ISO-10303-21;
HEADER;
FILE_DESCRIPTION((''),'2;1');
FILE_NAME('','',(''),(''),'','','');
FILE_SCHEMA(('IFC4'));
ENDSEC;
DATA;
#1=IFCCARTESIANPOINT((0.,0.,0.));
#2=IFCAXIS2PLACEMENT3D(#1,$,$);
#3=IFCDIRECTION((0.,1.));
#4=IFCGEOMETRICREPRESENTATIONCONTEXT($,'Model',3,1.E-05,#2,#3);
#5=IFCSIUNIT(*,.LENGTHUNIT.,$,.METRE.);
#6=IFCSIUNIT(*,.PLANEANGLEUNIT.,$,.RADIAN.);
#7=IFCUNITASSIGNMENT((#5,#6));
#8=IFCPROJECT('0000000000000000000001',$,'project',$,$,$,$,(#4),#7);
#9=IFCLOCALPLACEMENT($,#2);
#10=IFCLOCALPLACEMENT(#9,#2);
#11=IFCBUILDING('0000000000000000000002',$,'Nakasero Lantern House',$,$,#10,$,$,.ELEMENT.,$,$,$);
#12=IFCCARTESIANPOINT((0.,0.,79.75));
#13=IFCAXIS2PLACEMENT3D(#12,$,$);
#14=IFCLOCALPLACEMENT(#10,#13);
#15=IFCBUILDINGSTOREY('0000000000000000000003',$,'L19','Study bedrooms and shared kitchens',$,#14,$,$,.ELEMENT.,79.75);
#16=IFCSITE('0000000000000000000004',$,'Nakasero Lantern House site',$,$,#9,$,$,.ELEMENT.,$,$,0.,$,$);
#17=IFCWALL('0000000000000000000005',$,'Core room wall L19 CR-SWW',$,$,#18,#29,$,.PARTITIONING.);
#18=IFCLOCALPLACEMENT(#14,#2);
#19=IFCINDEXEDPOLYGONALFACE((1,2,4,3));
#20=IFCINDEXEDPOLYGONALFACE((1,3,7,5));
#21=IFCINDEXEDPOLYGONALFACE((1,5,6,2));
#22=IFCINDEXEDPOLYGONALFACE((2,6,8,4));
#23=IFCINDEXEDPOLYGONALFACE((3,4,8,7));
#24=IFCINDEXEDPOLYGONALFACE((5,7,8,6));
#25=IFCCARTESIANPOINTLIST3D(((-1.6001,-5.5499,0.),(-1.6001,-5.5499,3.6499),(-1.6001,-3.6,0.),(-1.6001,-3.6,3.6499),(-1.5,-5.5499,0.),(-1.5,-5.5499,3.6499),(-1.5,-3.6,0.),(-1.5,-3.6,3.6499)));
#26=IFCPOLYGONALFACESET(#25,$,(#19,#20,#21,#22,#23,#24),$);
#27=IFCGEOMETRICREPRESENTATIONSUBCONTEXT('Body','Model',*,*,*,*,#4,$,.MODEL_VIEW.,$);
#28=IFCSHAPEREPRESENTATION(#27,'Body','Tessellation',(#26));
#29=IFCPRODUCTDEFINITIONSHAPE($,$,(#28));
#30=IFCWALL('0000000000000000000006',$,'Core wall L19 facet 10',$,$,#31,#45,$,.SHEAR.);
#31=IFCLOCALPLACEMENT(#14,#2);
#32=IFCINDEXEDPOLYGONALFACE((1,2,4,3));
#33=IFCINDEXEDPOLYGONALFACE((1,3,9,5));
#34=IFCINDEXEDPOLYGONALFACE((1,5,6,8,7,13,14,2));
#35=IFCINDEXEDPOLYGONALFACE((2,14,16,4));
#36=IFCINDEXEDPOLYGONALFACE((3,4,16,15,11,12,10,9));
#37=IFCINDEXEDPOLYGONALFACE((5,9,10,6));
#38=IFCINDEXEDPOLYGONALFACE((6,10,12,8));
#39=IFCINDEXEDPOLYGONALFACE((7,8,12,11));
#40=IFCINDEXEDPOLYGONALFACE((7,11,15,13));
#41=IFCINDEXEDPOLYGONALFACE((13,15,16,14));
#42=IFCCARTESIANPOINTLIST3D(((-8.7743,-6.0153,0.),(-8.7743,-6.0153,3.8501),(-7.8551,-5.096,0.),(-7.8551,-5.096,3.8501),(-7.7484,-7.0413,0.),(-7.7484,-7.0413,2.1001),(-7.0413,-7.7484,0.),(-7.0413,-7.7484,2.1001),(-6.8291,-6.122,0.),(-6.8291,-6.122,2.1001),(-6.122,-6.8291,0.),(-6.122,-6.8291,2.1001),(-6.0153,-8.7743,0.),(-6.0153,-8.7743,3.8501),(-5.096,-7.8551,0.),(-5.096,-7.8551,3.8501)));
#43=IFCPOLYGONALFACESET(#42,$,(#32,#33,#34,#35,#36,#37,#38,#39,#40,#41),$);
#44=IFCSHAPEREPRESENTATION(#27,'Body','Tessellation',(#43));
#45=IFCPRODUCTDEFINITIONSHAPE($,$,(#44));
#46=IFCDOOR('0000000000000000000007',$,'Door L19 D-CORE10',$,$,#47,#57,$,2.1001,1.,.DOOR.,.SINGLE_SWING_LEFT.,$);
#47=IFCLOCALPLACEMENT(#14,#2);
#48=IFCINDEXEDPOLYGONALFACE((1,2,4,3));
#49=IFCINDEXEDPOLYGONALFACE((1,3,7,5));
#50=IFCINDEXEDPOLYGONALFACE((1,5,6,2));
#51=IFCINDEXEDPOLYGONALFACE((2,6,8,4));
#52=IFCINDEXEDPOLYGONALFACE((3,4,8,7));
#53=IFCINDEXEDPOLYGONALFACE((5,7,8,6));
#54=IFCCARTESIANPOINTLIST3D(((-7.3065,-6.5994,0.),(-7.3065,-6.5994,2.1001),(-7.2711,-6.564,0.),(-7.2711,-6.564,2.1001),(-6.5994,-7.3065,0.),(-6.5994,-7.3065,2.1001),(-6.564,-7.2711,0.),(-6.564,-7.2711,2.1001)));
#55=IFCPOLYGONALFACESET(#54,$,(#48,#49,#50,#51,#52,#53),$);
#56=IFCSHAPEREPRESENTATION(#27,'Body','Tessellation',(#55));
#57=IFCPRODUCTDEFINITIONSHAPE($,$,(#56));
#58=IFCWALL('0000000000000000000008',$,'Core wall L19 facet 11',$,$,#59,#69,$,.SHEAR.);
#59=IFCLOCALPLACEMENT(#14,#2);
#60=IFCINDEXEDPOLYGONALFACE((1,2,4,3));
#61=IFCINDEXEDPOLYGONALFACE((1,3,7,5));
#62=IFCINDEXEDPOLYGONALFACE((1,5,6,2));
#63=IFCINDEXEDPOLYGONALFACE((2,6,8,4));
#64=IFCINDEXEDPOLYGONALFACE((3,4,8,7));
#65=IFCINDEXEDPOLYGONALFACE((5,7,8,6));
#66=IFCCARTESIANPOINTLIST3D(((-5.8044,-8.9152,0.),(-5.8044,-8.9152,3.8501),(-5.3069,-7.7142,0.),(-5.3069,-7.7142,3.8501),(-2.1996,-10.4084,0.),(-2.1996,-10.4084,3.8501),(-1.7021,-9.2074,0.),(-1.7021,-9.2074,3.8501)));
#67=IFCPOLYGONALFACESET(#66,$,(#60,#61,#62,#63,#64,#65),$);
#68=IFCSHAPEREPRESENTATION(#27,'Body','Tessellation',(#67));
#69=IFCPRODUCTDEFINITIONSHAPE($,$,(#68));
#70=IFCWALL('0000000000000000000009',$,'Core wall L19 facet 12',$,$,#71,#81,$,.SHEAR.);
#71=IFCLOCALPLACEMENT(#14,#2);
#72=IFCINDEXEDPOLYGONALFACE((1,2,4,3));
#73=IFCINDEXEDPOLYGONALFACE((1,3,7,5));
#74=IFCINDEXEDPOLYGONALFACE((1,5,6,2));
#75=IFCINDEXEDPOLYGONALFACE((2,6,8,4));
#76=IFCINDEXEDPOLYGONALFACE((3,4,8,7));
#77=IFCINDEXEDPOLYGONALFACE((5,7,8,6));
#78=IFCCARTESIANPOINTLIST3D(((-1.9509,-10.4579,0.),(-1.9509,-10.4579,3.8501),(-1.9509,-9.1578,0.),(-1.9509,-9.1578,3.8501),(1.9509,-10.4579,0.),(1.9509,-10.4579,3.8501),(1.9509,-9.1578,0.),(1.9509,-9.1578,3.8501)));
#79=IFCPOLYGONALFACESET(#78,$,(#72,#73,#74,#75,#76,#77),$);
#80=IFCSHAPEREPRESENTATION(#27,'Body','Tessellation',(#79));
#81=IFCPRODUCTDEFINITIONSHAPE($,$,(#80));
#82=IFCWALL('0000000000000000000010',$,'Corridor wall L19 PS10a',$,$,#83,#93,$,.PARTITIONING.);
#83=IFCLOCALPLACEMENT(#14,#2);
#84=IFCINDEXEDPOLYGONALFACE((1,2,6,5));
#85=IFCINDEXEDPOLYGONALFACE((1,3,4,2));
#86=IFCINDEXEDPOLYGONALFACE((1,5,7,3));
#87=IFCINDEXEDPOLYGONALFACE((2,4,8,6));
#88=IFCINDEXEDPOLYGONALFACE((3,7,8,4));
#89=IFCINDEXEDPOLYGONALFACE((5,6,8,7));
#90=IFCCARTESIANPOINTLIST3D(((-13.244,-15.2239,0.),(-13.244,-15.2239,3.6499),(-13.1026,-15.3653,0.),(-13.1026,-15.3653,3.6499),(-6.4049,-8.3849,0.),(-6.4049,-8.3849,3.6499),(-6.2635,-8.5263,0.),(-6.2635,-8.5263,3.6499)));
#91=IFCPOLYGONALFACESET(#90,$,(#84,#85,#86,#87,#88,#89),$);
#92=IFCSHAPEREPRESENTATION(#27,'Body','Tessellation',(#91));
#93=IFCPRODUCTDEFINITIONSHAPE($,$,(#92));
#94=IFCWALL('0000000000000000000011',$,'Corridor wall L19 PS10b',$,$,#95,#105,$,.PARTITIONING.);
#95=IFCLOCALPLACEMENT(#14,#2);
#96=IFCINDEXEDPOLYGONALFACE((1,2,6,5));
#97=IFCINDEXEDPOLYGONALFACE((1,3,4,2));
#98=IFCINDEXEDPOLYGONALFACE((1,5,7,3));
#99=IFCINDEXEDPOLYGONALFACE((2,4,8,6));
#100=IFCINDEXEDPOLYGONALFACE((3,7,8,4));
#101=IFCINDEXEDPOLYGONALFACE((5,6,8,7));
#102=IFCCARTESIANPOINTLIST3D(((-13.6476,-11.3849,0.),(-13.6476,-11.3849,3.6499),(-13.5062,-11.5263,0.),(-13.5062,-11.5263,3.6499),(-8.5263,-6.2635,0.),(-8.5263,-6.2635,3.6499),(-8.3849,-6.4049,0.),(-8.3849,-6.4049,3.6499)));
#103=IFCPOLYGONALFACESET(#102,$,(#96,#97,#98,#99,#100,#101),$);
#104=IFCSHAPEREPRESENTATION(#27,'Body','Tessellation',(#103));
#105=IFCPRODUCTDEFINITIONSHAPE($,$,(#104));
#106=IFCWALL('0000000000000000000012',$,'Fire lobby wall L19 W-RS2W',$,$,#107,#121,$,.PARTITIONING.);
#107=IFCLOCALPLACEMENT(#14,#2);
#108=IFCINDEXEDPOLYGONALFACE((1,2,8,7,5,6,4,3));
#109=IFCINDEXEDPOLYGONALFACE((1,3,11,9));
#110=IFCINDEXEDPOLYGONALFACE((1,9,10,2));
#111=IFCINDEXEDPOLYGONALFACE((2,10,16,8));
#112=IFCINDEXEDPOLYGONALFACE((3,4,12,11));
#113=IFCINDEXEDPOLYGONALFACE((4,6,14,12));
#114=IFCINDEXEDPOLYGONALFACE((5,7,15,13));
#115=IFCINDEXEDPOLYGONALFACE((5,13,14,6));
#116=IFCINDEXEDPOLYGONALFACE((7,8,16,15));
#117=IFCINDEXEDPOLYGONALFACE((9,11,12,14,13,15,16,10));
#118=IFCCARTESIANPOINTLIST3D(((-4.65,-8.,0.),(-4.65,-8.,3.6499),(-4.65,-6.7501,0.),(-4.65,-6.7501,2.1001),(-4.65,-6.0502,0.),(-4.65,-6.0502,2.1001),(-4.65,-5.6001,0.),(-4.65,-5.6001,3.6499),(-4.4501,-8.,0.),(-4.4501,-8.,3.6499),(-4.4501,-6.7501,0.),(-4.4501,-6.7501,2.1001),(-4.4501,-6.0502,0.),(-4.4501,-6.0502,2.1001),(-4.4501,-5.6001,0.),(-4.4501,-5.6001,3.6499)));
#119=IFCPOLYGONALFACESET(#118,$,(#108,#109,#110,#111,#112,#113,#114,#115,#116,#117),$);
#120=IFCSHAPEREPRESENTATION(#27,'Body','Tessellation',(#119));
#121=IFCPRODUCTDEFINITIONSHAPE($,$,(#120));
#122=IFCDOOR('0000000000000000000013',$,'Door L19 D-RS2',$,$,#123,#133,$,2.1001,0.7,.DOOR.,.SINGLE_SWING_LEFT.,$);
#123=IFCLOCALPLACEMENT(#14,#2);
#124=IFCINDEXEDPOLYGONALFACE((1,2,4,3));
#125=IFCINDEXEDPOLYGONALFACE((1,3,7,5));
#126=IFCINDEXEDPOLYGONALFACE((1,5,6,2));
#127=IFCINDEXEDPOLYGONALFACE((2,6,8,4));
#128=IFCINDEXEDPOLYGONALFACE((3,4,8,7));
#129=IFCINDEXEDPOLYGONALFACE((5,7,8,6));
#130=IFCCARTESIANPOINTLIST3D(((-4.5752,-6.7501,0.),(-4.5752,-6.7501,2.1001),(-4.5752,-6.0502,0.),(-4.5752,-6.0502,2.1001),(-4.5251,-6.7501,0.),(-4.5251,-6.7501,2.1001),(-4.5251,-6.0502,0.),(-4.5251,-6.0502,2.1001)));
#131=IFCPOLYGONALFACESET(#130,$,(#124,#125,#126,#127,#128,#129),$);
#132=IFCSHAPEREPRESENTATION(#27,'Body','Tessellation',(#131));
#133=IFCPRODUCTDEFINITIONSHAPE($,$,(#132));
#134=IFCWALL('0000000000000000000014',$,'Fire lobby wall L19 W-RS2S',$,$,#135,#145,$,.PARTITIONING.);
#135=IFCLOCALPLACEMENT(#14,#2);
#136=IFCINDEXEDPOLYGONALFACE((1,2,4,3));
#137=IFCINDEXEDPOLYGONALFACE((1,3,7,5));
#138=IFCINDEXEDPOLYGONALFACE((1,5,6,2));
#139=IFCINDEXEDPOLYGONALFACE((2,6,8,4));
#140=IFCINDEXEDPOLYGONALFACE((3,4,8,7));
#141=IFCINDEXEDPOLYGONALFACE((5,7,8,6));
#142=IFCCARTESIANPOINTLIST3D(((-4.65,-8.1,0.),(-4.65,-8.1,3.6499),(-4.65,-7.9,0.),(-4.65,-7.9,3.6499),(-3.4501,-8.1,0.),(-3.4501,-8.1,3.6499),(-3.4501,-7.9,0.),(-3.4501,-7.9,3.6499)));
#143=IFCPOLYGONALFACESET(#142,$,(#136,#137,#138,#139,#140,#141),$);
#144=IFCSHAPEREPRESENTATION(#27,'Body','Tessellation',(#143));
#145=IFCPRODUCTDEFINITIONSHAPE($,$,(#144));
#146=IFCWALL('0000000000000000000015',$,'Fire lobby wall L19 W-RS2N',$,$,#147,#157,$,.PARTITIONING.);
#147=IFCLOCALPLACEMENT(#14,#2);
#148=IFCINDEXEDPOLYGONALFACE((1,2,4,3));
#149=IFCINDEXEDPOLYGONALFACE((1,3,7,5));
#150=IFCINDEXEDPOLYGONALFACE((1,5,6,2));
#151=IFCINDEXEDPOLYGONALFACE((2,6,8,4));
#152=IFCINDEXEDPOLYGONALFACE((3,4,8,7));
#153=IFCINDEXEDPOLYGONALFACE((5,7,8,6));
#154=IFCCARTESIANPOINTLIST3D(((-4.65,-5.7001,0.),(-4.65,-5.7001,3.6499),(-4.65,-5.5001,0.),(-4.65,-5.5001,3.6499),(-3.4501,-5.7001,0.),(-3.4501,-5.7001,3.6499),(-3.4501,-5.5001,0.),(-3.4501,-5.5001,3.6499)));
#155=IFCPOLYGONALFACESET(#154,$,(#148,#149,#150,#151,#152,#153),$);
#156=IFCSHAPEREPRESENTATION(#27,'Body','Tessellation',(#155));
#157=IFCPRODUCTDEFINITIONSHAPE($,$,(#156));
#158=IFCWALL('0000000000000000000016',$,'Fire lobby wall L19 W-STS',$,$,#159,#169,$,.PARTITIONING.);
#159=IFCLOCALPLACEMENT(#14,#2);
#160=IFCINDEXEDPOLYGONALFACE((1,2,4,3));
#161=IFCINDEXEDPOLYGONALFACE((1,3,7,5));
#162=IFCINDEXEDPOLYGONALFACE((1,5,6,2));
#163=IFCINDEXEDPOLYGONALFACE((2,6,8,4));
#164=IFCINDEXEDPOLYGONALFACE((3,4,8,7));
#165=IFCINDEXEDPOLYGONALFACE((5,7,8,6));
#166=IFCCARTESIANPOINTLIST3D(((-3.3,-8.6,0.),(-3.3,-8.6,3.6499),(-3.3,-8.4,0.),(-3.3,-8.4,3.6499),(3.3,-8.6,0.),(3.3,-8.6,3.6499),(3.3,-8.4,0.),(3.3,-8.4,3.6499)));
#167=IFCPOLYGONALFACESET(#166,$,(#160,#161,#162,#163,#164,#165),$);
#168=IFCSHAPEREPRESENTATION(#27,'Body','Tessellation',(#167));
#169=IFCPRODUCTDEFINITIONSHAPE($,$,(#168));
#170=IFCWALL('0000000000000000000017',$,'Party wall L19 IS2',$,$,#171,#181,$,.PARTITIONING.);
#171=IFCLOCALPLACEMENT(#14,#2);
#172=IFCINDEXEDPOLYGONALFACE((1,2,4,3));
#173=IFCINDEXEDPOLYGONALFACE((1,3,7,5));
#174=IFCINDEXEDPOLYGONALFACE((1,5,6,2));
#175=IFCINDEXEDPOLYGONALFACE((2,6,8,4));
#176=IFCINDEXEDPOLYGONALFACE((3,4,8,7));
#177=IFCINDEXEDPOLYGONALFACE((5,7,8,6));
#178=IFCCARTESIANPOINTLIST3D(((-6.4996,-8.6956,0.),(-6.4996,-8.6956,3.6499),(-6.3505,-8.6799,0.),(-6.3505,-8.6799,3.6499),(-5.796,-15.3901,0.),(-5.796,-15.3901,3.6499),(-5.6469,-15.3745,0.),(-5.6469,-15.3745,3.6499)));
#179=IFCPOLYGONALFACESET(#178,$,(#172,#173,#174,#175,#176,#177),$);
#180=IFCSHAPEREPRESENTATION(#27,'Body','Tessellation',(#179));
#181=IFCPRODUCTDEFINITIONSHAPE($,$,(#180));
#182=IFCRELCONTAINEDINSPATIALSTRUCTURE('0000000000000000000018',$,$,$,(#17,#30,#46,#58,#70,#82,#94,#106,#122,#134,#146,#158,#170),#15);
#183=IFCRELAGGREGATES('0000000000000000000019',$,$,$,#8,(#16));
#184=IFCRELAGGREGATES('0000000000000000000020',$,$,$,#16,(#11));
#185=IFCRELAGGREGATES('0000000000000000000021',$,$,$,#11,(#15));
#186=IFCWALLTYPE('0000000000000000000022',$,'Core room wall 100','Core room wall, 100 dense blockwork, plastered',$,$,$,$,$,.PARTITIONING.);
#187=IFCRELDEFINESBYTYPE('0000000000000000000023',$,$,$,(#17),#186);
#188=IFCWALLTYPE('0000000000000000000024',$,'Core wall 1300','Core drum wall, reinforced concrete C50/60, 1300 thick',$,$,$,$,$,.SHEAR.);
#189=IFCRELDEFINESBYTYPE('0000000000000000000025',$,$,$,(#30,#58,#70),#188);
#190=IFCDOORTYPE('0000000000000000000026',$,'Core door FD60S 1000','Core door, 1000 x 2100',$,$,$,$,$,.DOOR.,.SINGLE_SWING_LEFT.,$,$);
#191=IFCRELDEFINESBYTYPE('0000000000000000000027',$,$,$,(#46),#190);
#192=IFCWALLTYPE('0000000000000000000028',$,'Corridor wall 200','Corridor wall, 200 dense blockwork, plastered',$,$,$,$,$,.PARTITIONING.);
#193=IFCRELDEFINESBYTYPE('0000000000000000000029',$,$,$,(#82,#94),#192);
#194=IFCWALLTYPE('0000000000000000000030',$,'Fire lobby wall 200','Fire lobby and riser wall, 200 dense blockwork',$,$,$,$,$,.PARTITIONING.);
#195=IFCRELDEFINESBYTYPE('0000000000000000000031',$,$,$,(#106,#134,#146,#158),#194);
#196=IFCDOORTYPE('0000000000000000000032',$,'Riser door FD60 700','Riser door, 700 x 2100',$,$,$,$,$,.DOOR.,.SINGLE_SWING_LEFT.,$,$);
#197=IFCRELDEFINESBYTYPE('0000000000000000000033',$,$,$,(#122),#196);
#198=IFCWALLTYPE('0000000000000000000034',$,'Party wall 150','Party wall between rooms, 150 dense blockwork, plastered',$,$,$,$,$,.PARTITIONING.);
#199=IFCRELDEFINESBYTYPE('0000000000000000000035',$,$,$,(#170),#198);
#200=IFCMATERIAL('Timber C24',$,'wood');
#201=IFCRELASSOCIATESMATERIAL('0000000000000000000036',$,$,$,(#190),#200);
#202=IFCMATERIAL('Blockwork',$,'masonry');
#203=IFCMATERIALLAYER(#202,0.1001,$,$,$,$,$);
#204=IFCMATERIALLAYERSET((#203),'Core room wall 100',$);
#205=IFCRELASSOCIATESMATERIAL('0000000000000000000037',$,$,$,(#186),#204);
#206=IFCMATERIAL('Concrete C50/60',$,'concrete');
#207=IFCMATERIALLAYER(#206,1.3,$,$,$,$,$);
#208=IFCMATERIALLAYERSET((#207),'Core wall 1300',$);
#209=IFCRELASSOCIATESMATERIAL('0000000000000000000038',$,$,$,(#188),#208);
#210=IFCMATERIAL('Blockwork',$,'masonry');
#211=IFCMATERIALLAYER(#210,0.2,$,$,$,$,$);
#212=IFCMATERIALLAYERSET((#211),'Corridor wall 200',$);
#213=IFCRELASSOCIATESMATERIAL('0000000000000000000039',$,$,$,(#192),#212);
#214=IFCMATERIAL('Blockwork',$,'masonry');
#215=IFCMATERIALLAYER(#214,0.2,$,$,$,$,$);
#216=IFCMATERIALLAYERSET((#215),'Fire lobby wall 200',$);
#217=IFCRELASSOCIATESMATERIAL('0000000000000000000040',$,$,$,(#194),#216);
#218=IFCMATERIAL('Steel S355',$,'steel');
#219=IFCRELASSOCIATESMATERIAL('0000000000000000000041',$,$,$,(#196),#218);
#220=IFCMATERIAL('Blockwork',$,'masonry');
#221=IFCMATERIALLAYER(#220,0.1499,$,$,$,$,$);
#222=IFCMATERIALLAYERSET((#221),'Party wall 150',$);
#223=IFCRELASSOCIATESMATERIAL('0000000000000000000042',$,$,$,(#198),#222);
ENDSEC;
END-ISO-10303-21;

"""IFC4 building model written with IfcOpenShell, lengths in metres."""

from ifc_helpers import new_model, si_unit, direction, frame, frame_2d, origin, place, context, subcontext, project, spatial, rectangle, extrude, material, layer, layer_set, type_object, element, fill, save


model = new_model("IFC4")

# Units and contexts
model_context = context("Model", 3, precision=1e-05, world=origin(), true_north=direction((0.0, 1.0)))
body_context = subcontext(model_context, "Body", "Model", "MODEL_VIEW")
ifc_project = project(units=[si_unit("LENGTHUNIT", "METRE"), si_unit("PLANEANGLEUNIT", "RADIAN")], contexts=[model_context])

# Site, building, storey
site_placement = place(None, origin())
site = spatial("IfcSite", under=ifc_project, at=site_placement, Name="Nakasero Lantern House site", CompositionType="ELEMENT", RefElevation=0.0)
building_placement = place(site_placement, origin())
building = spatial("IfcBuilding", under=site, at=building_placement, Name="Nakasero Lantern House", CompositionType="ELEMENT")
storey_placement = place(building_placement, frame((0.0, 0.0, 79.75)))
storey = spatial("IfcBuildingStorey", under=building, at=storey_placement, Name="L19", Description="Study bedrooms and shared kitchens", CompositionType="ELEMENT", Elevation=79.75)

# Shared definitions
ifc_material_1 = material(Name="Timber C24", Category="wood")
door_type_1 = type_object("IfcDoorType", Name="Core door FD60S 1000", Description="Core door, 1000 x 2100", OperationType="SINGLE_SWING_LEFT", PredefinedType="DOOR", material=ifc_material_1)

# Shared definitions
ifc_material_2 = material(Name="Blockwork", Category="masonry")
ifc_layer_1 = layer(ifc_material_2, 0.1001)
ifc_layer_set_1 = layer_set([ifc_layer_1], Name="Core room wall 100")
wall_type_1 = type_object("IfcWallType", Name="Core room wall 100", Description="Core room wall, 100 dense blockwork, plastered", PredefinedType="PARTITIONING", material=ifc_layer_set_1)

# Wall
wall_1_placement = place(storey_placement, frame((-1.55, -5.55, 0.0), z_axis=(0.0, 0.0, 1.0), x_axis=(0.0, 1.0, 0.0)))
element("IfcWall", 1, at=wall_1_placement, inside=storey, type_object=wall_type_1, Name="Core room wall L19 CR-SWW", PredefinedType="PARTITIONING", context=body_context, shape_type="SweptSolid", body=[
    extrude(rectangle(XDim=1.95, YDim=0.1001, at=frame_2d((0.9751, 0.0))), origin(), (0.0, 0.0, 1.0), 3.6499),
])

# Wall, opening, door
ifc_material_3 = material(Name="Concrete C50/60", Category="concrete")
ifc_layer_2 = layer(ifc_material_3, 1.3)
ifc_layer_set_2 = layer_set([ifc_layer_2], Name="Core wall 1300")
wall_type_2 = type_object("IfcWallType", Name="Core wall 1300", Description="Core drum wall, reinforced concrete C50/60, 1300 thick", PredefinedType="SHEAR", material=ifc_layer_set_2)
wall_2_placement = place(storey_placement, frame((-8.3147, -5.5557, 0.0), z_axis=(0.0, 0.0, 1.0), x_axis=(0.707107, -0.707107, 0.0)))
wall_2 = element("IfcWall", 2, at=wall_2_placement, inside=storey, type_object=wall_type_2, Name="Core wall L19 facet 10", PredefinedType="SHEAR", context=body_context, shape_type="SweptSolid", body=[
    extrude(rectangle(XDim=3.9019, YDim=1.3, at=frame_2d((1.9509, 0.0))), origin(), (0.0, 0.0, 1.0), 3.8501),
])
opening_1_placement = place(wall_2_placement, frame((1.4509, 0.0, 0.0)))
opening_1 = element("IfcOpeningElement", 3, at=opening_1_placement, cuts=wall_2, PredefinedType="OPENING", context=body_context, shape_type="SweptSolid", body=[
    extrude(rectangle(XDim=1.0, YDim=2.1001, at=frame_2d((0.5, 1.05))), frame((0.0, 0.6699, 0.0), z_axis=(0.0, -1.0, 0.0), x_axis=(1.0, 0.0, 0.0)), (0.0, 0.0, 1.0), 1.3401),
])
door_1_placement = place(opening_1_placement, origin())
door_1 = element("IfcDoor", 4, at=door_1_placement, inside=storey, type_object=door_type_1, Name="Door L19 D-CORE10", OperationType="SINGLE_SWING_LEFT", OverallHeight=2.1001, OverallWidth=1.0, PredefinedType="DOOR", context=body_context, shape_type="SweptSolid", body=[
    extrude(rectangle(XDim=1.0, YDim=2.1001, at=frame_2d((0.5, 1.05))), frame((0.0, 0.0249, 0.0), z_axis=(0.0, -1.0, 0.0), x_axis=(1.0, 0.0, 0.0)), (0.0, 0.0, 1.0), 0.05),
])
fill(opening_1, door_1)

# Walls
for number, where, z_axis, x_axis, name in (
    (5, (-5.5557, -8.3147, 0.0), (0.0, 0.0, 1.0), (0.923877, -0.382691, 0.0), "Core wall L19 facet 11"),
    (6, (-1.9509, -9.8079, 0.0), (0.0, 0.0, 1.0), (1.0, 0.0, 0.0), "Core wall L19 facet 12"),
):
    element("IfcWall", number, at=place(storey_placement, frame(where, z_axis=z_axis, x_axis=x_axis)), inside=storey, type_object=wall_type_2, Name=name, PredefinedType="SHEAR", context=body_context, shape_type="SweptSolid", body=[
        extrude(rectangle(XDim=3.9019, YDim=1.3, at=frame_2d((1.9509, 0.0))), origin(), (0.0, 0.0, 1.0), 3.8501),
    ])
ifc_material_4 = material(Name="Blockwork", Category="masonry")
ifc_layer_3 = layer(ifc_material_4, 0.2)
ifc_layer_set_3 = layer_set([ifc_layer_3], Name="Corridor wall 200")
wall_type_3 = type_object("IfcWallType", Name="Corridor wall 200", Description="Corridor wall, 200 dense blockwork, plastered", PredefinedType="PARTITIONING", material=ifc_layer_set_3)
wall_3_placement = place(storey_placement, frame((-6.3342, -8.4556, 0.0), z_axis=(0.0, 0.0, 1.0), x_axis=(-0.707107, -0.707107, 0.0)))
element("IfcWall", 7, at=wall_3_placement, inside=storey, type_object=wall_type_3, Name="Corridor wall L19 PS10a", PredefinedType="PARTITIONING", context=body_context, shape_type="SweptSolid", body=[
    extrude(rectangle(XDim=9.6719, YDim=0.2, at=frame_2d((4.8359, 0.0))), origin(), (0.0, 0.0, 1.0), 3.6499),
])
wall_4_placement = place(storey_placement, frame((-8.4556, -6.3342, 0.0), z_axis=(0.0, 0.0, 1.0), x_axis=(-0.707107, -0.707107, 0.0)))
element("IfcWall", 8, at=wall_4_placement, inside=storey, type_object=wall_type_3, Name="Corridor wall L19 PS10b", PredefinedType="PARTITIONING", context=body_context, shape_type="SweptSolid", body=[
    extrude(rectangle(XDim=7.2427, YDim=0.2, at=frame_2d((3.6213, 0.0))), origin(), (0.0, 0.0, 1.0), 3.6499),
])

# Wall, opening, door
ifc_material_5 = material(Name="Blockwork", Category="masonry")
ifc_layer_4 = layer(ifc_material_5, 0.2)
ifc_layer_set_4 = layer_set([ifc_layer_4], Name="Fire lobby wall 200")
wall_type_4 = type_object("IfcWallType", Name="Fire lobby wall 200", Description="Fire lobby and riser wall, 200 dense blockwork", PredefinedType="PARTITIONING", material=ifc_layer_set_4)
wall_5_placement = place(storey_placement, frame((-4.55, -5.6001, 0.0), z_axis=(0.0, 0.0, 1.0), x_axis=(0.0, -1.0, 0.0)))
wall_5 = element("IfcWall", 9, at=wall_5_placement, inside=storey, type_object=wall_type_4, Name="Fire lobby wall L19 W-RS2W", PredefinedType="PARTITIONING", context=body_context, shape_type="SweptSolid", body=[
    extrude(rectangle(XDim=2.3999, YDim=0.2, at=frame_2d((1.2, 0.0))), origin(), (0.0, 0.0, 1.0), 3.6499),
])
opening_2_placement = place(wall_5_placement, frame((0.45, 0.0, 0.0)))
opening_2 = element("IfcOpeningElement", 10, at=opening_2_placement, cuts=wall_5, PredefinedType="OPENING", context=body_context, shape_type="SweptSolid", body=[
    extrude(rectangle(XDim=0.7, YDim=2.1001, at=frame_2d((0.3501, 1.05))), frame((0.0, 0.1199, 0.0), z_axis=(0.0, -1.0, 0.0), x_axis=(1.0, 0.0, 0.0)), (0.0, 0.0, 1.0), 0.24),
])
ifc_material_6 = material(Name="Steel S355", Category="steel")
door_type_2 = type_object("IfcDoorType", Name="Riser door FD60 700", Description="Riser door, 700 x 2100", OperationType="SINGLE_SWING_LEFT", PredefinedType="DOOR", material=ifc_material_6)
door_2_placement = place(opening_2_placement, origin())
door_2 = element("IfcDoor", 11, at=door_2_placement, inside=storey, type_object=door_type_2, Name="Door L19 D-RS2", OperationType="SINGLE_SWING_LEFT", OverallHeight=2.1001, OverallWidth=0.7, PredefinedType="DOOR", context=body_context, shape_type="SweptSolid", body=[
    extrude(rectangle(XDim=0.7, YDim=2.1001, at=frame_2d((0.3501, 1.05))), frame((0.0, 0.0249, 0.0), z_axis=(0.0, -1.0, 0.0), x_axis=(1.0, 0.0, 0.0)), (0.0, 0.0, 1.0), 0.05),
])
fill(opening_2, door_2)

# Walls
for number, where, z_axis, x_axis, name in (
    (12, (-3.45, -8.0, 0.0), (0.0, 0.0, 1.0), (-1.0, 0.0, 0.0), "Fire lobby wall L19 W-RS2S"),
    (13, (-3.45, -5.6001, 0.0), (0.0, 0.0, 1.0), (-1.0, 0.0, 0.0), "Fire lobby wall L19 W-RS2N"),
):
    element("IfcWall", number, at=place(storey_placement, frame(where, z_axis=z_axis, x_axis=x_axis)), inside=storey, type_object=wall_type_4, Name=name, PredefinedType="PARTITIONING", context=body_context, shape_type="SweptSolid", body=[
        extrude(rectangle(XDim=1.2, YDim=0.2, at=frame_2d((0.6001, 0.0))), origin(), (0.0, 0.0, 1.0), 3.6499),
    ])
wall_6_placement = place(storey_placement, frame((-3.3, -8.5, 0.0), z_axis=(0.0, 0.0, 1.0), x_axis=(1.0, 0.0, 0.0)))
element("IfcWall", 14, at=wall_6_placement, inside=storey, type_object=wall_type_4, Name="Fire lobby wall L19 W-STS", PredefinedType="PARTITIONING", context=body_context, shape_type="SweptSolid", body=[
    extrude(rectangle(XDim=6.6001, YDim=0.2, at=frame_2d((3.3, 0.0))), origin(), (0.0, 0.0, 1.0), 3.6499),
])
ifc_material_7 = material(Name="Blockwork", Category="masonry")
ifc_layer_5 = layer(ifc_material_7, 0.1499)
ifc_layer_set_5 = layer_set([ifc_layer_5], Name="Party wall 150")
wall_type_5 = type_object("IfcWallType", Name="Party wall 150", Description="Party wall between rooms, 150 dense blockwork, plastered", PredefinedType="PARTITIONING", material=ifc_layer_set_5)
wall_7_placement = place(storey_placement, frame((-6.425, -8.6877, 0.0), z_axis=(0.0, 0.0, 1.0), x_axis=(0.104526, -0.994522, 0.0)))
element("IfcWall", 15, at=wall_7_placement, inside=storey, type_object=wall_type_5, Name="Party wall L19 IS2", PredefinedType="PARTITIONING", context=body_context, shape_type="SweptSolid", body=[
    extrude(rectangle(XDim=6.7314, YDim=0.1499, at=frame_2d((3.3657, 0.0))), origin(), (0.0, 0.0, 1.0), 3.6499),
])

save(model, "model.ifc")
